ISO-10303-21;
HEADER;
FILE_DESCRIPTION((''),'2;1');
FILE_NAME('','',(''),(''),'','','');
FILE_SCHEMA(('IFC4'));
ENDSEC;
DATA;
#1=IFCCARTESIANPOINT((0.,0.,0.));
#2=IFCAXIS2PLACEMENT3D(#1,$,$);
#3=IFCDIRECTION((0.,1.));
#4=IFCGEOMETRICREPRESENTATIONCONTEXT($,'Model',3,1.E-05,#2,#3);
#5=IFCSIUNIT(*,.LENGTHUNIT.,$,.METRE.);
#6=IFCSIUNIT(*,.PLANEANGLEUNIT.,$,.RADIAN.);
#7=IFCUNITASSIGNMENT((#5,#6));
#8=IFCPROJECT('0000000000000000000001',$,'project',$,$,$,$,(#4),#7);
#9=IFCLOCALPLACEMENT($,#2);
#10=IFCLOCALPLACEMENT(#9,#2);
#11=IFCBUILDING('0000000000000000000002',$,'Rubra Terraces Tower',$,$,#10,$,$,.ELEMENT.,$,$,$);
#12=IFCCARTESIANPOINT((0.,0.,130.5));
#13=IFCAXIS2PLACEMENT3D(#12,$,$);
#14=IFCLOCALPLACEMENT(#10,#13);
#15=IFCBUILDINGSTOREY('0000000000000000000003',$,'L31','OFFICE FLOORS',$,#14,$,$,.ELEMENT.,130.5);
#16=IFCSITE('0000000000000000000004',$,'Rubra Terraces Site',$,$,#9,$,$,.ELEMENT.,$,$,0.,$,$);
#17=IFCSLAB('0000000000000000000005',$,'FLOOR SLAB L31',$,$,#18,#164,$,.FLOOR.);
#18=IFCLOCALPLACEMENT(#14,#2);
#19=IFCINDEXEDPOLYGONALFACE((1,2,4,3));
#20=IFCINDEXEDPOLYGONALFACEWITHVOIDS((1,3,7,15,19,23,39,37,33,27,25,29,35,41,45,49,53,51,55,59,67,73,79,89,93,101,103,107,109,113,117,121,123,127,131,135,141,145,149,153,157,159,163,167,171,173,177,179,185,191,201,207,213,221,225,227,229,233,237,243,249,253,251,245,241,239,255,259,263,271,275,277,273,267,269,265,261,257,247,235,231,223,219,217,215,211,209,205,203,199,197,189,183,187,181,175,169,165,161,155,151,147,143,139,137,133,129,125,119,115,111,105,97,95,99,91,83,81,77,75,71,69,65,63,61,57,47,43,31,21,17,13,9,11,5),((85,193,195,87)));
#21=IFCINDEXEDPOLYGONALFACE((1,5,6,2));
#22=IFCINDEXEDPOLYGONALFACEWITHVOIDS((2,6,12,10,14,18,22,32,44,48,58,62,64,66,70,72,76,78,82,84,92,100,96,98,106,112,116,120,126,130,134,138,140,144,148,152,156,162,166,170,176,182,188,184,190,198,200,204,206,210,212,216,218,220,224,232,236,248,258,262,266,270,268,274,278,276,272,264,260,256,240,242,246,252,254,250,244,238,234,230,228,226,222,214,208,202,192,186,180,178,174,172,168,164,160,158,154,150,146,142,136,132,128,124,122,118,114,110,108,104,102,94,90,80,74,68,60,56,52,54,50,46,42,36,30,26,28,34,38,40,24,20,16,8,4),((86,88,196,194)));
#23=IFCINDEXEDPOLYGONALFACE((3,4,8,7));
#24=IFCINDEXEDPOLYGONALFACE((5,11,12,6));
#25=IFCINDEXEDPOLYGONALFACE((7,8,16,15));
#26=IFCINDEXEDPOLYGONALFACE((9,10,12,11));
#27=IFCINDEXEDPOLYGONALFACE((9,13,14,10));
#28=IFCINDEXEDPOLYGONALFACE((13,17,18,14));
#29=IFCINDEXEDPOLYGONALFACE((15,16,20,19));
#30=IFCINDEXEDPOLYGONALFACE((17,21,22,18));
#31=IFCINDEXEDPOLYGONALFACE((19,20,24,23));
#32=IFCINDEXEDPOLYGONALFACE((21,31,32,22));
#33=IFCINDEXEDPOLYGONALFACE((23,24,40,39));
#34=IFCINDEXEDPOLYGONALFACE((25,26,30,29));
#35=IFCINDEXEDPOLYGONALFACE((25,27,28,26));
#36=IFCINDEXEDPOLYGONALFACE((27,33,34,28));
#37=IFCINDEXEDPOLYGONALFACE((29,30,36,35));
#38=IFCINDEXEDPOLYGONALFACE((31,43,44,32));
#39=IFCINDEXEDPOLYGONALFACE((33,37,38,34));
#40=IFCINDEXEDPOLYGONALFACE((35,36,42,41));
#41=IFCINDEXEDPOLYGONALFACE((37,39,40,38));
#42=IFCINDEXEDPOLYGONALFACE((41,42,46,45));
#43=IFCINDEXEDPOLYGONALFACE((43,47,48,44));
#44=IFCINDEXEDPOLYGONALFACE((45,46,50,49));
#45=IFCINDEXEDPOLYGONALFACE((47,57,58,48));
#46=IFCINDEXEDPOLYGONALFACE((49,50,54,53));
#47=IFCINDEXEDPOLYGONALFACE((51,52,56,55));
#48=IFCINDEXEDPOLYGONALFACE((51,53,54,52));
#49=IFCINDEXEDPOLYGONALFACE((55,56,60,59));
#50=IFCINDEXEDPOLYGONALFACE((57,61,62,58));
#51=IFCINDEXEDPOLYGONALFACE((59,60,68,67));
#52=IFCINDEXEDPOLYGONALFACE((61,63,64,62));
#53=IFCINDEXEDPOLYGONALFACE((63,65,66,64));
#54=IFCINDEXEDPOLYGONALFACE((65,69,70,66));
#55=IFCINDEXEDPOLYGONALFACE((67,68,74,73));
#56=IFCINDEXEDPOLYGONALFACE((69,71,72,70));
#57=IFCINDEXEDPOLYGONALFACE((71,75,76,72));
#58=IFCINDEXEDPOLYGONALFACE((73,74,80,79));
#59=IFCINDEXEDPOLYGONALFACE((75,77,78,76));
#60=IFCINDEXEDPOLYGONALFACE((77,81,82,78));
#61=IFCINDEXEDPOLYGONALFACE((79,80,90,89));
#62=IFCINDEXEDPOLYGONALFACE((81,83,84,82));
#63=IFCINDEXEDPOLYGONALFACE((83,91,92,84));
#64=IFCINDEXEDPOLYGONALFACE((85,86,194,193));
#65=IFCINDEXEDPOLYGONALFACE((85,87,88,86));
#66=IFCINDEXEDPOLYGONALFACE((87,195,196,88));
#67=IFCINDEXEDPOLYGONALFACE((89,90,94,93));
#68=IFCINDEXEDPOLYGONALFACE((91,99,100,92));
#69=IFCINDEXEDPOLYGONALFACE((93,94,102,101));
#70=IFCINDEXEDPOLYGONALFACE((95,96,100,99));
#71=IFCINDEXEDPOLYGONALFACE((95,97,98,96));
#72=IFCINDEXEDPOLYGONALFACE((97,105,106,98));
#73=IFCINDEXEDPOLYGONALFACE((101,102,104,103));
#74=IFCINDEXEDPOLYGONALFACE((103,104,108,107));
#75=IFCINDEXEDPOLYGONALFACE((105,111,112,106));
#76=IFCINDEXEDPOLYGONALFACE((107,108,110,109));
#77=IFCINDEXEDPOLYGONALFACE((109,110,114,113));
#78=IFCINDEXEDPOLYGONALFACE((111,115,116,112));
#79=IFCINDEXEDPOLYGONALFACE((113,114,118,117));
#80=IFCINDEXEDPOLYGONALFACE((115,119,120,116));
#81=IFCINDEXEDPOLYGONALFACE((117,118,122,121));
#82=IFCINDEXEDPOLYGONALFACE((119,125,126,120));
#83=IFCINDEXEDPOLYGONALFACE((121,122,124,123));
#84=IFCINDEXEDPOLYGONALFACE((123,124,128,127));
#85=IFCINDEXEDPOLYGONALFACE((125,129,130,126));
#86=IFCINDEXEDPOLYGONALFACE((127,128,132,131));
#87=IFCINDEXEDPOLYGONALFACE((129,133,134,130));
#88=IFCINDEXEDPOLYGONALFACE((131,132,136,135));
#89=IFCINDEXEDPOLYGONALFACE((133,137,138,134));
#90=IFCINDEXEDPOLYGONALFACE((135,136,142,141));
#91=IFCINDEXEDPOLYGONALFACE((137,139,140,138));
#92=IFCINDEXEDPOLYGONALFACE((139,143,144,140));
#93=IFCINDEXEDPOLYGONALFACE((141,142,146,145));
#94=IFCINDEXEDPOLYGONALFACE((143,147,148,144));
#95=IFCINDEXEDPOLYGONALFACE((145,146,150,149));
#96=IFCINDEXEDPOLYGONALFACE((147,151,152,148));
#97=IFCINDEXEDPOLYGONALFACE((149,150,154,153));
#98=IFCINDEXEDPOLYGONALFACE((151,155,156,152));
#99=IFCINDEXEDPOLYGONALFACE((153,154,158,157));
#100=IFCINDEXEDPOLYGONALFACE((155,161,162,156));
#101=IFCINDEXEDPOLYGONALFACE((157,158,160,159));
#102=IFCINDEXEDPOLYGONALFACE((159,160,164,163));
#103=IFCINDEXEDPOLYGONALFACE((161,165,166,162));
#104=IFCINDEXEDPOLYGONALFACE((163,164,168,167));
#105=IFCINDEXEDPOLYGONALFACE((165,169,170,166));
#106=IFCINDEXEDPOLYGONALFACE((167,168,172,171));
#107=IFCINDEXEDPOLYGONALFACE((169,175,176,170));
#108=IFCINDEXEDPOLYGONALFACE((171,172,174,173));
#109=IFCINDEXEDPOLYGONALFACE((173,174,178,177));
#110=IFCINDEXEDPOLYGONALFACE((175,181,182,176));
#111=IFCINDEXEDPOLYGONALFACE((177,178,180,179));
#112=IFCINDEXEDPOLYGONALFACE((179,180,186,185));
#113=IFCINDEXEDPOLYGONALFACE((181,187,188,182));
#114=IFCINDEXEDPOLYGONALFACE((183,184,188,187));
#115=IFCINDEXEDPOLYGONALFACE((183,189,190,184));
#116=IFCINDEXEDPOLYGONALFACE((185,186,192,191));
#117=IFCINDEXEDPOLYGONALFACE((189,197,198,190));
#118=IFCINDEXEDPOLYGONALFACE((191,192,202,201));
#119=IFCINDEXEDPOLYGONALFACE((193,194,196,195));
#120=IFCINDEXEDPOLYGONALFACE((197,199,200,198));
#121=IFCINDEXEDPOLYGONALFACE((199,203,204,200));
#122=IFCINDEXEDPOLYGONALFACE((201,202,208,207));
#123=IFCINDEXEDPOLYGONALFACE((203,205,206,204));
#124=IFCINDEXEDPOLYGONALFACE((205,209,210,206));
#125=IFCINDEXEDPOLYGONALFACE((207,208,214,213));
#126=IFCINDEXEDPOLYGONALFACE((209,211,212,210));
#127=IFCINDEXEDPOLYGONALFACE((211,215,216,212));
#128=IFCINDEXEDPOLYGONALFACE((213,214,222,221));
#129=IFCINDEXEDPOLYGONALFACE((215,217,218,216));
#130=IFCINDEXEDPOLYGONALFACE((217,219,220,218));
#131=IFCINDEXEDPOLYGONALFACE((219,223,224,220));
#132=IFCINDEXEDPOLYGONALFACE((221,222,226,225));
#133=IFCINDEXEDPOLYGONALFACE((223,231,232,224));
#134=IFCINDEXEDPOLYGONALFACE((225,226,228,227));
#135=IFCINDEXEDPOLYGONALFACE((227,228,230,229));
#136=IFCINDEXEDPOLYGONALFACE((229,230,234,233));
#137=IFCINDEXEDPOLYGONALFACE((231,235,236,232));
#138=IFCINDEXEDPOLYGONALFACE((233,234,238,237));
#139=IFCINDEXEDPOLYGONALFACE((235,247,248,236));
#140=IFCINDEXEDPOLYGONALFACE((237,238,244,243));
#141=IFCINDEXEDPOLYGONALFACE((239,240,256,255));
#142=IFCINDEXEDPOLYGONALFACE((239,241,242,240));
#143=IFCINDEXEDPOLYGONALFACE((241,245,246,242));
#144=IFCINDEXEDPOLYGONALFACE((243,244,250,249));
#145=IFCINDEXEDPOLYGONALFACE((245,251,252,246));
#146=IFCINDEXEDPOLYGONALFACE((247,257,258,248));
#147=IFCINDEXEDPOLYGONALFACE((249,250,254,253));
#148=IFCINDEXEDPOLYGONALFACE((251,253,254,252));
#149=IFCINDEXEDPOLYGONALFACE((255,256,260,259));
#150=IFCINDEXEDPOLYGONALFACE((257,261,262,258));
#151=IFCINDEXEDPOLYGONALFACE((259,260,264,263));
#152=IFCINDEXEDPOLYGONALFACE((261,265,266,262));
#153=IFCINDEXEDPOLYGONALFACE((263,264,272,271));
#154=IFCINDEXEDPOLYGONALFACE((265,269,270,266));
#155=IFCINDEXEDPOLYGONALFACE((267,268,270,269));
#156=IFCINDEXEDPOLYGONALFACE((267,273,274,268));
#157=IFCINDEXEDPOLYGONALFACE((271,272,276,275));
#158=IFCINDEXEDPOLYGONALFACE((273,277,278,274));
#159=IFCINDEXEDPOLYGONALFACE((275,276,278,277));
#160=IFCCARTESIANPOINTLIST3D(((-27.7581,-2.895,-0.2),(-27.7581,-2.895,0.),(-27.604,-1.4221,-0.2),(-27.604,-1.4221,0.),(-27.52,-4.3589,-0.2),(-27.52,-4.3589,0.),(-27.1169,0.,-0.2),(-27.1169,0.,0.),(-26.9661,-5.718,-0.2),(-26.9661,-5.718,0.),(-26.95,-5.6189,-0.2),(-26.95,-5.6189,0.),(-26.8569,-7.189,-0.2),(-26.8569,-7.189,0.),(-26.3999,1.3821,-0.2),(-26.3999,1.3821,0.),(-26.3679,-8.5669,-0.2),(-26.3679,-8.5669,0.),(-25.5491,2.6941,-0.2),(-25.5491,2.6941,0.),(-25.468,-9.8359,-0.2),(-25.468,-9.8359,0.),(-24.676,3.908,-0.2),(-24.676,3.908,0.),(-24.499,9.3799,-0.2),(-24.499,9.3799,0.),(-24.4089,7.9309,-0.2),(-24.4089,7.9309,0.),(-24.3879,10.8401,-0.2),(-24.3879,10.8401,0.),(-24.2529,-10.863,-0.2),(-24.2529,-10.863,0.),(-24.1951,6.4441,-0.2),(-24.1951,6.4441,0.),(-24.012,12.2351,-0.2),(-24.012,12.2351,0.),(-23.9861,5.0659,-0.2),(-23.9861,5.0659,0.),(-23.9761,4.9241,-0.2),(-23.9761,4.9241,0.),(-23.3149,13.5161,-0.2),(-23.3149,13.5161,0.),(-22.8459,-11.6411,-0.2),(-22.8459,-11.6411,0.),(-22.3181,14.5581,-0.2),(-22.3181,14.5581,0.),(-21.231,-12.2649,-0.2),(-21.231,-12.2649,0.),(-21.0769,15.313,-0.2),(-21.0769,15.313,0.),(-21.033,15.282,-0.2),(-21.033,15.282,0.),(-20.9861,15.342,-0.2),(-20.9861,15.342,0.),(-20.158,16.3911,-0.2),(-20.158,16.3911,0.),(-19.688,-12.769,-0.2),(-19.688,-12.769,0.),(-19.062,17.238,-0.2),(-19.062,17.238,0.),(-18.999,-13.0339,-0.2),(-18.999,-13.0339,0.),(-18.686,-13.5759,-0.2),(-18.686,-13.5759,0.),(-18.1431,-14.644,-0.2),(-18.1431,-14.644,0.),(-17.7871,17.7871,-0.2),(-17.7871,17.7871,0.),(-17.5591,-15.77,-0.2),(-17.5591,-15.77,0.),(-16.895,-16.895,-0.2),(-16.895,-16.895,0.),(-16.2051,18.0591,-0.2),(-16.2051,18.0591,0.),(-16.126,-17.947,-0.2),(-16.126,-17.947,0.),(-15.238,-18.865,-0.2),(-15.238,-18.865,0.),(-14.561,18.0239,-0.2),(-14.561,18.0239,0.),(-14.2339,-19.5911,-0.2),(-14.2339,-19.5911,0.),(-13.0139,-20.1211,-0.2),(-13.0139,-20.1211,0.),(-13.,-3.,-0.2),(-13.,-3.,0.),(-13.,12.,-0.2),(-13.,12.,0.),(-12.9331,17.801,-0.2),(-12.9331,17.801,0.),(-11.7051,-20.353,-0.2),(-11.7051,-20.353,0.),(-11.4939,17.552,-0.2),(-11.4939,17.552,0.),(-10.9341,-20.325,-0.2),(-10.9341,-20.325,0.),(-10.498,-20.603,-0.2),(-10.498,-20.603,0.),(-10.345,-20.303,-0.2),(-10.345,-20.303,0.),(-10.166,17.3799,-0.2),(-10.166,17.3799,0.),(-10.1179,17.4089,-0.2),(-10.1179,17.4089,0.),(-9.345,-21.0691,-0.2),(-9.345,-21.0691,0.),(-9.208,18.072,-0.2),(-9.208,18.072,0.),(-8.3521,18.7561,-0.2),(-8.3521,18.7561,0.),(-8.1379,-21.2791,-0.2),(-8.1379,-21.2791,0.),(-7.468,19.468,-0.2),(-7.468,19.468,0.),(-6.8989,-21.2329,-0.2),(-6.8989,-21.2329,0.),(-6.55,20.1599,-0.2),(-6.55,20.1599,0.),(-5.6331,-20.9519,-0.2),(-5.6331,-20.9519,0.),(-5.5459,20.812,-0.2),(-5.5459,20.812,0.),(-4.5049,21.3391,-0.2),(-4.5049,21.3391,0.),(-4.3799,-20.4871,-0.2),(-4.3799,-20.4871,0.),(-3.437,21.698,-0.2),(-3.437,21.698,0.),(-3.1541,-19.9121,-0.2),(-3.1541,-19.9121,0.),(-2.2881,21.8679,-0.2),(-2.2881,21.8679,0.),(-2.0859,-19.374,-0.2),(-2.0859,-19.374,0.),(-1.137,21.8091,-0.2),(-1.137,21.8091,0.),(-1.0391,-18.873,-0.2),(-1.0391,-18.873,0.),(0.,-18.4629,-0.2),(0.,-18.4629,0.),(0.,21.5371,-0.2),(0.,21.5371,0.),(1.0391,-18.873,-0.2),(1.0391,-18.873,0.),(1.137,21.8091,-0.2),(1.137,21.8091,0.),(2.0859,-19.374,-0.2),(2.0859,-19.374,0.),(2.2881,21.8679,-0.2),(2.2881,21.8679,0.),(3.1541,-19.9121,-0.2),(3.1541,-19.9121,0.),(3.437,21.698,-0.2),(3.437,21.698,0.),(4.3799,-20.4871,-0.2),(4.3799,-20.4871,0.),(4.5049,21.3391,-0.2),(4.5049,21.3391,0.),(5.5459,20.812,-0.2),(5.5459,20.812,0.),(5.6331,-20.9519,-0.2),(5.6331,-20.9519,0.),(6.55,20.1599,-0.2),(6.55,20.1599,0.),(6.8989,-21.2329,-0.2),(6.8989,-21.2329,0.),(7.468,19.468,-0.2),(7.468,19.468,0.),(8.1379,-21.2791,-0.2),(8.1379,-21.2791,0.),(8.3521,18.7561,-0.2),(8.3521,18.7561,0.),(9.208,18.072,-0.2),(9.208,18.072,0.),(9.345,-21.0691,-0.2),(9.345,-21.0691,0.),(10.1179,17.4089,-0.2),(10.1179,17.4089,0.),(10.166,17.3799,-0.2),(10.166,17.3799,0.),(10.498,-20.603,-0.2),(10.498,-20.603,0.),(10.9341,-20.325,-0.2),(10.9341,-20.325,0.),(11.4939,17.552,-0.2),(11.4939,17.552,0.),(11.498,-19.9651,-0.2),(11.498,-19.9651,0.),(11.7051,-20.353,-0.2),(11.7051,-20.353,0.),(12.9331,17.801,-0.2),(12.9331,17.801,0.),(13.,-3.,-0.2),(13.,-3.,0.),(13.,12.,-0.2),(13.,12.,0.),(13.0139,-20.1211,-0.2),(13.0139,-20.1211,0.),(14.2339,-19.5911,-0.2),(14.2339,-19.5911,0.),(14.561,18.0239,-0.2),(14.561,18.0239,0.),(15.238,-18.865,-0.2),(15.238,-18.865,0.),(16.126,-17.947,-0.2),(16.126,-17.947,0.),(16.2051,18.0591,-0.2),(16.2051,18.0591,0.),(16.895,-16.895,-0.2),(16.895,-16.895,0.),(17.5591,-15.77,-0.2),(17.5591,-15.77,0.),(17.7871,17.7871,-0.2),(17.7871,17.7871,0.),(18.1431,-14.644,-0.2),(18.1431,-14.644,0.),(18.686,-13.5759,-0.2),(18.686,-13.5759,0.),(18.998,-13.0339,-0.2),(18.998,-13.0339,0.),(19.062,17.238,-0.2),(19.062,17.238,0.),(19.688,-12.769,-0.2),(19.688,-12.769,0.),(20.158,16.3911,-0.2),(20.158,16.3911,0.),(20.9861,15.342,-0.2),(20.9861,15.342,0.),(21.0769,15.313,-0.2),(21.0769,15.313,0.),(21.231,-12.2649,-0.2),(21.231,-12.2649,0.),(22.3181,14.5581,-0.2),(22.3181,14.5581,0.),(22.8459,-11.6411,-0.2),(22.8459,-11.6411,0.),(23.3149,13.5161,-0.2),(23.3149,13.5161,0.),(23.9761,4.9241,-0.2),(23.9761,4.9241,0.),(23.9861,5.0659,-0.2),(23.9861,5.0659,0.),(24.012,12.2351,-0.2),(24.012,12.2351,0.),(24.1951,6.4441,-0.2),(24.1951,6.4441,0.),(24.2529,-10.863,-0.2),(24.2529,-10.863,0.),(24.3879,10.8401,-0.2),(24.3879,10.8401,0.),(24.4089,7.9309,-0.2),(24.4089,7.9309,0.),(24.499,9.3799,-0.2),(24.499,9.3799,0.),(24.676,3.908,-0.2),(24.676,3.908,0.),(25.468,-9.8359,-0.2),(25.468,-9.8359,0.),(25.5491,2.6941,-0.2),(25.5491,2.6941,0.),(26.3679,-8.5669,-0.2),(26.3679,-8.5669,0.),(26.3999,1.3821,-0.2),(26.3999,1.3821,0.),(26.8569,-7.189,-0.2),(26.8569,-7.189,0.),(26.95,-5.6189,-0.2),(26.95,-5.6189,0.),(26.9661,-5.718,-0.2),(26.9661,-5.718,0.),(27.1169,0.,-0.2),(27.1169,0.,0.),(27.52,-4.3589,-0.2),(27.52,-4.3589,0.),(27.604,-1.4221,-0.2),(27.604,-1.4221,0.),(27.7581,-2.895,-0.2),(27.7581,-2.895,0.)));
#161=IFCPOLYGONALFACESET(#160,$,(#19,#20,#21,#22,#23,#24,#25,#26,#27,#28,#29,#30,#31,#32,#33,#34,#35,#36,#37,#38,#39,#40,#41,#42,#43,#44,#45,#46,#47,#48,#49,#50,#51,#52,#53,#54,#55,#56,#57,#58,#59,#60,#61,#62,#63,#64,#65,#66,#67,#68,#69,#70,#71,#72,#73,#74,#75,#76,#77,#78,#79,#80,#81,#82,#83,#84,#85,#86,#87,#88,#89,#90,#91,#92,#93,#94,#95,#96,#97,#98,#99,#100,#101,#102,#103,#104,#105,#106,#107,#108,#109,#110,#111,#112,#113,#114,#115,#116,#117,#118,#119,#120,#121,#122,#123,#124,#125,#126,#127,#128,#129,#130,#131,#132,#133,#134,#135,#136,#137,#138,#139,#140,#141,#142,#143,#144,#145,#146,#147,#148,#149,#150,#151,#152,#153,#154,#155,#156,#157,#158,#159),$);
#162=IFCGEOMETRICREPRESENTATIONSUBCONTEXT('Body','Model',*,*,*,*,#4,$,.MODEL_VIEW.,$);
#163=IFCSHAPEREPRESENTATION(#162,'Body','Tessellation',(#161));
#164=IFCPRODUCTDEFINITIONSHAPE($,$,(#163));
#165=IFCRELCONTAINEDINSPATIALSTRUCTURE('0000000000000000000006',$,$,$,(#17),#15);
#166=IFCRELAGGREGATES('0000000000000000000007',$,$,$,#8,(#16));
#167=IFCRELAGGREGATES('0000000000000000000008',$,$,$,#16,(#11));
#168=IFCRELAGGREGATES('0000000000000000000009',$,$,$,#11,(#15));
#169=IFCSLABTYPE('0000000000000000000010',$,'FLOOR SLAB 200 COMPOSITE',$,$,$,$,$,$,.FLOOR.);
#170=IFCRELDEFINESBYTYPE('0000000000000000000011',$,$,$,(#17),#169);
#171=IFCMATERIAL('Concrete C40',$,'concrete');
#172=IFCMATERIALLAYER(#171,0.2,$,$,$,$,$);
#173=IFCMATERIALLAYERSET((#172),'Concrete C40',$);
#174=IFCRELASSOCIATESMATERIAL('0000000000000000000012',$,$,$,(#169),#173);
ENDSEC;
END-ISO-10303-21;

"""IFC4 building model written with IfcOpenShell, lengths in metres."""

from ifc_helpers import new_model, si_unit, direction, frame, origin, place, context, subcontext, project, spatial, polyline, outline, extrude, material, layer, layer_set, type_object, element, save


model = new_model("IFC4")

# Units and contexts
model_context = context("Model", 3, precision=1e-05, world=origin(), true_north=direction((0.0, 1.0)))
body_context = subcontext(model_context, "Body", "Model", "MODEL_VIEW")
ifc_project = project(units=[si_unit("LENGTHUNIT", "METRE"), si_unit("PLANEANGLEUNIT", "RADIAN")], contexts=[model_context])

# Site, building, storey
site_placement = place(None, origin())
site = spatial("IfcSite", under=ifc_project, at=site_placement, Name="Rubra Terraces Site", CompositionType="ELEMENT", RefElevation=0.0)
building_placement = place(site_placement, origin())
building = spatial("IfcBuilding", under=site, at=building_placement, Name="Rubra Terraces Tower", CompositionType="ELEMENT")
storey_placement = place(building_placement, frame((0.0, 0.0, 130.5)))
storey = spatial("IfcBuildingStorey", under=building, at=storey_placement, Name="L31", Description="OFFICE FLOORS", CompositionType="ELEMENT", Elevation=130.5)

# Shared definitions
ifc_material_1 = material(Name="Concrete C40", Category="concrete")

# Slab
ifc_layer_1 = layer(ifc_material_1, 0.2)
ifc_layer_set_1 = layer_set([ifc_layer_1], Name="Concrete C40")
slab_type_1 = type_object("IfcSlabType", Name="FLOOR SLAB 200 COMPOSITE", PredefinedType="FLOOR", material=ifc_layer_set_1)
slab_1_placement = place(storey_placement, frame((0.0, 0.0, -0.2)))
element("IfcSlab", 1, at=slab_1_placement, inside=storey, type_object=slab_type_1, Name="FLOOR SLAB L31", PredefinedType="FLOOR", context=body_context, shape_type="SweptSolid", body=[
    extrude(outline(polyline([(18.686, -13.5759), (18.998, -13.0339), (19.688, -12.769), (21.231, -12.2649), (22.8459, -11.6411), (24.2529, -10.863), (25.468, -9.8359), (26.3679, -8.5669), (26.8569, -7.189), (26.9661, -5.718), (26.95, -5.6189), (27.52, -4.3589), (27.7581, -2.895), (27.604, -1.4221), (27.1169, 0.0), (26.3999, 1.3821), (25.5491, 2.6941), (24.676, 3.908), (23.9761, 4.9241), (23.9861, 5.0659), (24.1951, 6.4441), (24.4089, 7.9309), (24.499, 9.3799), (24.3879, 10.8401), (24.012, 12.2351), (23.3149, 13.5161), (22.3181, 14.5581), (21.0769, 15.313), (20.9861, 15.342), (20.158, 16.3911), (19.062, 17.238), (17.7871, 17.7871), (16.2051, 18.0591), (14.561, 18.0239), (12.9331, 17.801), (11.4939, 17.552), (10.166, 17.3799), (10.1179, 17.4089), (9.208, 18.072), (8.3521, 18.7561), (7.468, 19.468), (6.55, 20.1599), (5.5459, 20.812), (4.5049, 21.3391), (3.437, 21.698), (2.2881, 21.8679), (1.137, 21.8091), (0.0, 21.5371), (-1.137, 21.8091), (-2.2881, 21.8679), (-3.437, 21.698), (-4.5049, 21.3391), (-5.5459, 20.812), (-6.55, 20.1599), (-7.468, 19.468), (-8.3521, 18.7561), (-9.208, 18.072), (-10.1179, 17.4089), (-10.166, 17.3799), (-11.4939, 17.552), (-12.9331, 17.801), (-14.561, 18.0239), (-16.2051, 18.0591), (-17.7871, 17.7871), (-19.062, 17.238), (-20.158, 16.3911), (-21.033, 15.282), (-20.9861, 15.342), (-21.0769, 15.313), (-22.3181, 14.5581), (-23.3149, 13.5161), (-24.012, 12.2351), (-24.3879, 10.8401), (-24.499, 9.3799), (-24.4089, 7.9309), (-24.1951, 6.4441), (-23.9861, 5.0659), (-23.9761, 4.9241), (-24.676, 3.908), (-25.5491, 2.6941), (-26.3999, 1.3821), (-27.1169, 0.0), (-27.604, -1.4221), (-27.7581, -2.895), (-27.52, -4.3589), (-26.95, -5.6189), (-26.9661, -5.718), (-26.8569, -7.189), (-26.3679, -8.5669), (-25.468, -9.8359), (-24.2529, -10.863), (-22.8459, -11.6411), (-21.231, -12.2649), (-19.688, -12.769), (-18.999, -13.0339), (-18.686, -13.5759), (-18.1431, -14.644), (-17.5591, -15.77), (-16.895, -16.895), (-16.126, -17.947), (-15.238, -18.865), (-14.2339, -19.5911), (-13.0139, -20.1211), (-11.7051, -20.353), (-10.345, -20.303), (-10.9341, -20.325), (-10.498, -20.603), (-9.345, -21.0691), (-8.1379, -21.2791), (-6.8989, -21.2329), (-5.6331, -20.9519), (-4.3799, -20.4871), (-3.1541, -19.9121), (-2.0859, -19.374), (-1.0391, -18.873), (0.0, -18.4629), (1.0391, -18.873), (2.0859, -19.374), (3.1541, -19.9121), (4.3799, -20.4871), (5.6331, -20.9519), (6.8989, -21.2329), (8.1379, -21.2791), (9.345, -21.0691), (10.498, -20.603), (11.498, -19.9651), (10.9341, -20.325), (11.7051, -20.353), (13.0139, -20.1211), (14.2339, -19.5911), (15.238, -18.865), (16.126, -17.947), (16.895, -16.895), (17.5591, -15.77), (18.1431, -14.644), (18.686, -13.5759)]), holes=[polyline([(13.0, 12.0), (13.0, -3.0), (-13.0, -3.0), (-13.0, 12.0), (13.0, 12.0)])]), origin(), (0.0, 0.0, 1.0), 0.2),
])

save(model, "model.ifc")
